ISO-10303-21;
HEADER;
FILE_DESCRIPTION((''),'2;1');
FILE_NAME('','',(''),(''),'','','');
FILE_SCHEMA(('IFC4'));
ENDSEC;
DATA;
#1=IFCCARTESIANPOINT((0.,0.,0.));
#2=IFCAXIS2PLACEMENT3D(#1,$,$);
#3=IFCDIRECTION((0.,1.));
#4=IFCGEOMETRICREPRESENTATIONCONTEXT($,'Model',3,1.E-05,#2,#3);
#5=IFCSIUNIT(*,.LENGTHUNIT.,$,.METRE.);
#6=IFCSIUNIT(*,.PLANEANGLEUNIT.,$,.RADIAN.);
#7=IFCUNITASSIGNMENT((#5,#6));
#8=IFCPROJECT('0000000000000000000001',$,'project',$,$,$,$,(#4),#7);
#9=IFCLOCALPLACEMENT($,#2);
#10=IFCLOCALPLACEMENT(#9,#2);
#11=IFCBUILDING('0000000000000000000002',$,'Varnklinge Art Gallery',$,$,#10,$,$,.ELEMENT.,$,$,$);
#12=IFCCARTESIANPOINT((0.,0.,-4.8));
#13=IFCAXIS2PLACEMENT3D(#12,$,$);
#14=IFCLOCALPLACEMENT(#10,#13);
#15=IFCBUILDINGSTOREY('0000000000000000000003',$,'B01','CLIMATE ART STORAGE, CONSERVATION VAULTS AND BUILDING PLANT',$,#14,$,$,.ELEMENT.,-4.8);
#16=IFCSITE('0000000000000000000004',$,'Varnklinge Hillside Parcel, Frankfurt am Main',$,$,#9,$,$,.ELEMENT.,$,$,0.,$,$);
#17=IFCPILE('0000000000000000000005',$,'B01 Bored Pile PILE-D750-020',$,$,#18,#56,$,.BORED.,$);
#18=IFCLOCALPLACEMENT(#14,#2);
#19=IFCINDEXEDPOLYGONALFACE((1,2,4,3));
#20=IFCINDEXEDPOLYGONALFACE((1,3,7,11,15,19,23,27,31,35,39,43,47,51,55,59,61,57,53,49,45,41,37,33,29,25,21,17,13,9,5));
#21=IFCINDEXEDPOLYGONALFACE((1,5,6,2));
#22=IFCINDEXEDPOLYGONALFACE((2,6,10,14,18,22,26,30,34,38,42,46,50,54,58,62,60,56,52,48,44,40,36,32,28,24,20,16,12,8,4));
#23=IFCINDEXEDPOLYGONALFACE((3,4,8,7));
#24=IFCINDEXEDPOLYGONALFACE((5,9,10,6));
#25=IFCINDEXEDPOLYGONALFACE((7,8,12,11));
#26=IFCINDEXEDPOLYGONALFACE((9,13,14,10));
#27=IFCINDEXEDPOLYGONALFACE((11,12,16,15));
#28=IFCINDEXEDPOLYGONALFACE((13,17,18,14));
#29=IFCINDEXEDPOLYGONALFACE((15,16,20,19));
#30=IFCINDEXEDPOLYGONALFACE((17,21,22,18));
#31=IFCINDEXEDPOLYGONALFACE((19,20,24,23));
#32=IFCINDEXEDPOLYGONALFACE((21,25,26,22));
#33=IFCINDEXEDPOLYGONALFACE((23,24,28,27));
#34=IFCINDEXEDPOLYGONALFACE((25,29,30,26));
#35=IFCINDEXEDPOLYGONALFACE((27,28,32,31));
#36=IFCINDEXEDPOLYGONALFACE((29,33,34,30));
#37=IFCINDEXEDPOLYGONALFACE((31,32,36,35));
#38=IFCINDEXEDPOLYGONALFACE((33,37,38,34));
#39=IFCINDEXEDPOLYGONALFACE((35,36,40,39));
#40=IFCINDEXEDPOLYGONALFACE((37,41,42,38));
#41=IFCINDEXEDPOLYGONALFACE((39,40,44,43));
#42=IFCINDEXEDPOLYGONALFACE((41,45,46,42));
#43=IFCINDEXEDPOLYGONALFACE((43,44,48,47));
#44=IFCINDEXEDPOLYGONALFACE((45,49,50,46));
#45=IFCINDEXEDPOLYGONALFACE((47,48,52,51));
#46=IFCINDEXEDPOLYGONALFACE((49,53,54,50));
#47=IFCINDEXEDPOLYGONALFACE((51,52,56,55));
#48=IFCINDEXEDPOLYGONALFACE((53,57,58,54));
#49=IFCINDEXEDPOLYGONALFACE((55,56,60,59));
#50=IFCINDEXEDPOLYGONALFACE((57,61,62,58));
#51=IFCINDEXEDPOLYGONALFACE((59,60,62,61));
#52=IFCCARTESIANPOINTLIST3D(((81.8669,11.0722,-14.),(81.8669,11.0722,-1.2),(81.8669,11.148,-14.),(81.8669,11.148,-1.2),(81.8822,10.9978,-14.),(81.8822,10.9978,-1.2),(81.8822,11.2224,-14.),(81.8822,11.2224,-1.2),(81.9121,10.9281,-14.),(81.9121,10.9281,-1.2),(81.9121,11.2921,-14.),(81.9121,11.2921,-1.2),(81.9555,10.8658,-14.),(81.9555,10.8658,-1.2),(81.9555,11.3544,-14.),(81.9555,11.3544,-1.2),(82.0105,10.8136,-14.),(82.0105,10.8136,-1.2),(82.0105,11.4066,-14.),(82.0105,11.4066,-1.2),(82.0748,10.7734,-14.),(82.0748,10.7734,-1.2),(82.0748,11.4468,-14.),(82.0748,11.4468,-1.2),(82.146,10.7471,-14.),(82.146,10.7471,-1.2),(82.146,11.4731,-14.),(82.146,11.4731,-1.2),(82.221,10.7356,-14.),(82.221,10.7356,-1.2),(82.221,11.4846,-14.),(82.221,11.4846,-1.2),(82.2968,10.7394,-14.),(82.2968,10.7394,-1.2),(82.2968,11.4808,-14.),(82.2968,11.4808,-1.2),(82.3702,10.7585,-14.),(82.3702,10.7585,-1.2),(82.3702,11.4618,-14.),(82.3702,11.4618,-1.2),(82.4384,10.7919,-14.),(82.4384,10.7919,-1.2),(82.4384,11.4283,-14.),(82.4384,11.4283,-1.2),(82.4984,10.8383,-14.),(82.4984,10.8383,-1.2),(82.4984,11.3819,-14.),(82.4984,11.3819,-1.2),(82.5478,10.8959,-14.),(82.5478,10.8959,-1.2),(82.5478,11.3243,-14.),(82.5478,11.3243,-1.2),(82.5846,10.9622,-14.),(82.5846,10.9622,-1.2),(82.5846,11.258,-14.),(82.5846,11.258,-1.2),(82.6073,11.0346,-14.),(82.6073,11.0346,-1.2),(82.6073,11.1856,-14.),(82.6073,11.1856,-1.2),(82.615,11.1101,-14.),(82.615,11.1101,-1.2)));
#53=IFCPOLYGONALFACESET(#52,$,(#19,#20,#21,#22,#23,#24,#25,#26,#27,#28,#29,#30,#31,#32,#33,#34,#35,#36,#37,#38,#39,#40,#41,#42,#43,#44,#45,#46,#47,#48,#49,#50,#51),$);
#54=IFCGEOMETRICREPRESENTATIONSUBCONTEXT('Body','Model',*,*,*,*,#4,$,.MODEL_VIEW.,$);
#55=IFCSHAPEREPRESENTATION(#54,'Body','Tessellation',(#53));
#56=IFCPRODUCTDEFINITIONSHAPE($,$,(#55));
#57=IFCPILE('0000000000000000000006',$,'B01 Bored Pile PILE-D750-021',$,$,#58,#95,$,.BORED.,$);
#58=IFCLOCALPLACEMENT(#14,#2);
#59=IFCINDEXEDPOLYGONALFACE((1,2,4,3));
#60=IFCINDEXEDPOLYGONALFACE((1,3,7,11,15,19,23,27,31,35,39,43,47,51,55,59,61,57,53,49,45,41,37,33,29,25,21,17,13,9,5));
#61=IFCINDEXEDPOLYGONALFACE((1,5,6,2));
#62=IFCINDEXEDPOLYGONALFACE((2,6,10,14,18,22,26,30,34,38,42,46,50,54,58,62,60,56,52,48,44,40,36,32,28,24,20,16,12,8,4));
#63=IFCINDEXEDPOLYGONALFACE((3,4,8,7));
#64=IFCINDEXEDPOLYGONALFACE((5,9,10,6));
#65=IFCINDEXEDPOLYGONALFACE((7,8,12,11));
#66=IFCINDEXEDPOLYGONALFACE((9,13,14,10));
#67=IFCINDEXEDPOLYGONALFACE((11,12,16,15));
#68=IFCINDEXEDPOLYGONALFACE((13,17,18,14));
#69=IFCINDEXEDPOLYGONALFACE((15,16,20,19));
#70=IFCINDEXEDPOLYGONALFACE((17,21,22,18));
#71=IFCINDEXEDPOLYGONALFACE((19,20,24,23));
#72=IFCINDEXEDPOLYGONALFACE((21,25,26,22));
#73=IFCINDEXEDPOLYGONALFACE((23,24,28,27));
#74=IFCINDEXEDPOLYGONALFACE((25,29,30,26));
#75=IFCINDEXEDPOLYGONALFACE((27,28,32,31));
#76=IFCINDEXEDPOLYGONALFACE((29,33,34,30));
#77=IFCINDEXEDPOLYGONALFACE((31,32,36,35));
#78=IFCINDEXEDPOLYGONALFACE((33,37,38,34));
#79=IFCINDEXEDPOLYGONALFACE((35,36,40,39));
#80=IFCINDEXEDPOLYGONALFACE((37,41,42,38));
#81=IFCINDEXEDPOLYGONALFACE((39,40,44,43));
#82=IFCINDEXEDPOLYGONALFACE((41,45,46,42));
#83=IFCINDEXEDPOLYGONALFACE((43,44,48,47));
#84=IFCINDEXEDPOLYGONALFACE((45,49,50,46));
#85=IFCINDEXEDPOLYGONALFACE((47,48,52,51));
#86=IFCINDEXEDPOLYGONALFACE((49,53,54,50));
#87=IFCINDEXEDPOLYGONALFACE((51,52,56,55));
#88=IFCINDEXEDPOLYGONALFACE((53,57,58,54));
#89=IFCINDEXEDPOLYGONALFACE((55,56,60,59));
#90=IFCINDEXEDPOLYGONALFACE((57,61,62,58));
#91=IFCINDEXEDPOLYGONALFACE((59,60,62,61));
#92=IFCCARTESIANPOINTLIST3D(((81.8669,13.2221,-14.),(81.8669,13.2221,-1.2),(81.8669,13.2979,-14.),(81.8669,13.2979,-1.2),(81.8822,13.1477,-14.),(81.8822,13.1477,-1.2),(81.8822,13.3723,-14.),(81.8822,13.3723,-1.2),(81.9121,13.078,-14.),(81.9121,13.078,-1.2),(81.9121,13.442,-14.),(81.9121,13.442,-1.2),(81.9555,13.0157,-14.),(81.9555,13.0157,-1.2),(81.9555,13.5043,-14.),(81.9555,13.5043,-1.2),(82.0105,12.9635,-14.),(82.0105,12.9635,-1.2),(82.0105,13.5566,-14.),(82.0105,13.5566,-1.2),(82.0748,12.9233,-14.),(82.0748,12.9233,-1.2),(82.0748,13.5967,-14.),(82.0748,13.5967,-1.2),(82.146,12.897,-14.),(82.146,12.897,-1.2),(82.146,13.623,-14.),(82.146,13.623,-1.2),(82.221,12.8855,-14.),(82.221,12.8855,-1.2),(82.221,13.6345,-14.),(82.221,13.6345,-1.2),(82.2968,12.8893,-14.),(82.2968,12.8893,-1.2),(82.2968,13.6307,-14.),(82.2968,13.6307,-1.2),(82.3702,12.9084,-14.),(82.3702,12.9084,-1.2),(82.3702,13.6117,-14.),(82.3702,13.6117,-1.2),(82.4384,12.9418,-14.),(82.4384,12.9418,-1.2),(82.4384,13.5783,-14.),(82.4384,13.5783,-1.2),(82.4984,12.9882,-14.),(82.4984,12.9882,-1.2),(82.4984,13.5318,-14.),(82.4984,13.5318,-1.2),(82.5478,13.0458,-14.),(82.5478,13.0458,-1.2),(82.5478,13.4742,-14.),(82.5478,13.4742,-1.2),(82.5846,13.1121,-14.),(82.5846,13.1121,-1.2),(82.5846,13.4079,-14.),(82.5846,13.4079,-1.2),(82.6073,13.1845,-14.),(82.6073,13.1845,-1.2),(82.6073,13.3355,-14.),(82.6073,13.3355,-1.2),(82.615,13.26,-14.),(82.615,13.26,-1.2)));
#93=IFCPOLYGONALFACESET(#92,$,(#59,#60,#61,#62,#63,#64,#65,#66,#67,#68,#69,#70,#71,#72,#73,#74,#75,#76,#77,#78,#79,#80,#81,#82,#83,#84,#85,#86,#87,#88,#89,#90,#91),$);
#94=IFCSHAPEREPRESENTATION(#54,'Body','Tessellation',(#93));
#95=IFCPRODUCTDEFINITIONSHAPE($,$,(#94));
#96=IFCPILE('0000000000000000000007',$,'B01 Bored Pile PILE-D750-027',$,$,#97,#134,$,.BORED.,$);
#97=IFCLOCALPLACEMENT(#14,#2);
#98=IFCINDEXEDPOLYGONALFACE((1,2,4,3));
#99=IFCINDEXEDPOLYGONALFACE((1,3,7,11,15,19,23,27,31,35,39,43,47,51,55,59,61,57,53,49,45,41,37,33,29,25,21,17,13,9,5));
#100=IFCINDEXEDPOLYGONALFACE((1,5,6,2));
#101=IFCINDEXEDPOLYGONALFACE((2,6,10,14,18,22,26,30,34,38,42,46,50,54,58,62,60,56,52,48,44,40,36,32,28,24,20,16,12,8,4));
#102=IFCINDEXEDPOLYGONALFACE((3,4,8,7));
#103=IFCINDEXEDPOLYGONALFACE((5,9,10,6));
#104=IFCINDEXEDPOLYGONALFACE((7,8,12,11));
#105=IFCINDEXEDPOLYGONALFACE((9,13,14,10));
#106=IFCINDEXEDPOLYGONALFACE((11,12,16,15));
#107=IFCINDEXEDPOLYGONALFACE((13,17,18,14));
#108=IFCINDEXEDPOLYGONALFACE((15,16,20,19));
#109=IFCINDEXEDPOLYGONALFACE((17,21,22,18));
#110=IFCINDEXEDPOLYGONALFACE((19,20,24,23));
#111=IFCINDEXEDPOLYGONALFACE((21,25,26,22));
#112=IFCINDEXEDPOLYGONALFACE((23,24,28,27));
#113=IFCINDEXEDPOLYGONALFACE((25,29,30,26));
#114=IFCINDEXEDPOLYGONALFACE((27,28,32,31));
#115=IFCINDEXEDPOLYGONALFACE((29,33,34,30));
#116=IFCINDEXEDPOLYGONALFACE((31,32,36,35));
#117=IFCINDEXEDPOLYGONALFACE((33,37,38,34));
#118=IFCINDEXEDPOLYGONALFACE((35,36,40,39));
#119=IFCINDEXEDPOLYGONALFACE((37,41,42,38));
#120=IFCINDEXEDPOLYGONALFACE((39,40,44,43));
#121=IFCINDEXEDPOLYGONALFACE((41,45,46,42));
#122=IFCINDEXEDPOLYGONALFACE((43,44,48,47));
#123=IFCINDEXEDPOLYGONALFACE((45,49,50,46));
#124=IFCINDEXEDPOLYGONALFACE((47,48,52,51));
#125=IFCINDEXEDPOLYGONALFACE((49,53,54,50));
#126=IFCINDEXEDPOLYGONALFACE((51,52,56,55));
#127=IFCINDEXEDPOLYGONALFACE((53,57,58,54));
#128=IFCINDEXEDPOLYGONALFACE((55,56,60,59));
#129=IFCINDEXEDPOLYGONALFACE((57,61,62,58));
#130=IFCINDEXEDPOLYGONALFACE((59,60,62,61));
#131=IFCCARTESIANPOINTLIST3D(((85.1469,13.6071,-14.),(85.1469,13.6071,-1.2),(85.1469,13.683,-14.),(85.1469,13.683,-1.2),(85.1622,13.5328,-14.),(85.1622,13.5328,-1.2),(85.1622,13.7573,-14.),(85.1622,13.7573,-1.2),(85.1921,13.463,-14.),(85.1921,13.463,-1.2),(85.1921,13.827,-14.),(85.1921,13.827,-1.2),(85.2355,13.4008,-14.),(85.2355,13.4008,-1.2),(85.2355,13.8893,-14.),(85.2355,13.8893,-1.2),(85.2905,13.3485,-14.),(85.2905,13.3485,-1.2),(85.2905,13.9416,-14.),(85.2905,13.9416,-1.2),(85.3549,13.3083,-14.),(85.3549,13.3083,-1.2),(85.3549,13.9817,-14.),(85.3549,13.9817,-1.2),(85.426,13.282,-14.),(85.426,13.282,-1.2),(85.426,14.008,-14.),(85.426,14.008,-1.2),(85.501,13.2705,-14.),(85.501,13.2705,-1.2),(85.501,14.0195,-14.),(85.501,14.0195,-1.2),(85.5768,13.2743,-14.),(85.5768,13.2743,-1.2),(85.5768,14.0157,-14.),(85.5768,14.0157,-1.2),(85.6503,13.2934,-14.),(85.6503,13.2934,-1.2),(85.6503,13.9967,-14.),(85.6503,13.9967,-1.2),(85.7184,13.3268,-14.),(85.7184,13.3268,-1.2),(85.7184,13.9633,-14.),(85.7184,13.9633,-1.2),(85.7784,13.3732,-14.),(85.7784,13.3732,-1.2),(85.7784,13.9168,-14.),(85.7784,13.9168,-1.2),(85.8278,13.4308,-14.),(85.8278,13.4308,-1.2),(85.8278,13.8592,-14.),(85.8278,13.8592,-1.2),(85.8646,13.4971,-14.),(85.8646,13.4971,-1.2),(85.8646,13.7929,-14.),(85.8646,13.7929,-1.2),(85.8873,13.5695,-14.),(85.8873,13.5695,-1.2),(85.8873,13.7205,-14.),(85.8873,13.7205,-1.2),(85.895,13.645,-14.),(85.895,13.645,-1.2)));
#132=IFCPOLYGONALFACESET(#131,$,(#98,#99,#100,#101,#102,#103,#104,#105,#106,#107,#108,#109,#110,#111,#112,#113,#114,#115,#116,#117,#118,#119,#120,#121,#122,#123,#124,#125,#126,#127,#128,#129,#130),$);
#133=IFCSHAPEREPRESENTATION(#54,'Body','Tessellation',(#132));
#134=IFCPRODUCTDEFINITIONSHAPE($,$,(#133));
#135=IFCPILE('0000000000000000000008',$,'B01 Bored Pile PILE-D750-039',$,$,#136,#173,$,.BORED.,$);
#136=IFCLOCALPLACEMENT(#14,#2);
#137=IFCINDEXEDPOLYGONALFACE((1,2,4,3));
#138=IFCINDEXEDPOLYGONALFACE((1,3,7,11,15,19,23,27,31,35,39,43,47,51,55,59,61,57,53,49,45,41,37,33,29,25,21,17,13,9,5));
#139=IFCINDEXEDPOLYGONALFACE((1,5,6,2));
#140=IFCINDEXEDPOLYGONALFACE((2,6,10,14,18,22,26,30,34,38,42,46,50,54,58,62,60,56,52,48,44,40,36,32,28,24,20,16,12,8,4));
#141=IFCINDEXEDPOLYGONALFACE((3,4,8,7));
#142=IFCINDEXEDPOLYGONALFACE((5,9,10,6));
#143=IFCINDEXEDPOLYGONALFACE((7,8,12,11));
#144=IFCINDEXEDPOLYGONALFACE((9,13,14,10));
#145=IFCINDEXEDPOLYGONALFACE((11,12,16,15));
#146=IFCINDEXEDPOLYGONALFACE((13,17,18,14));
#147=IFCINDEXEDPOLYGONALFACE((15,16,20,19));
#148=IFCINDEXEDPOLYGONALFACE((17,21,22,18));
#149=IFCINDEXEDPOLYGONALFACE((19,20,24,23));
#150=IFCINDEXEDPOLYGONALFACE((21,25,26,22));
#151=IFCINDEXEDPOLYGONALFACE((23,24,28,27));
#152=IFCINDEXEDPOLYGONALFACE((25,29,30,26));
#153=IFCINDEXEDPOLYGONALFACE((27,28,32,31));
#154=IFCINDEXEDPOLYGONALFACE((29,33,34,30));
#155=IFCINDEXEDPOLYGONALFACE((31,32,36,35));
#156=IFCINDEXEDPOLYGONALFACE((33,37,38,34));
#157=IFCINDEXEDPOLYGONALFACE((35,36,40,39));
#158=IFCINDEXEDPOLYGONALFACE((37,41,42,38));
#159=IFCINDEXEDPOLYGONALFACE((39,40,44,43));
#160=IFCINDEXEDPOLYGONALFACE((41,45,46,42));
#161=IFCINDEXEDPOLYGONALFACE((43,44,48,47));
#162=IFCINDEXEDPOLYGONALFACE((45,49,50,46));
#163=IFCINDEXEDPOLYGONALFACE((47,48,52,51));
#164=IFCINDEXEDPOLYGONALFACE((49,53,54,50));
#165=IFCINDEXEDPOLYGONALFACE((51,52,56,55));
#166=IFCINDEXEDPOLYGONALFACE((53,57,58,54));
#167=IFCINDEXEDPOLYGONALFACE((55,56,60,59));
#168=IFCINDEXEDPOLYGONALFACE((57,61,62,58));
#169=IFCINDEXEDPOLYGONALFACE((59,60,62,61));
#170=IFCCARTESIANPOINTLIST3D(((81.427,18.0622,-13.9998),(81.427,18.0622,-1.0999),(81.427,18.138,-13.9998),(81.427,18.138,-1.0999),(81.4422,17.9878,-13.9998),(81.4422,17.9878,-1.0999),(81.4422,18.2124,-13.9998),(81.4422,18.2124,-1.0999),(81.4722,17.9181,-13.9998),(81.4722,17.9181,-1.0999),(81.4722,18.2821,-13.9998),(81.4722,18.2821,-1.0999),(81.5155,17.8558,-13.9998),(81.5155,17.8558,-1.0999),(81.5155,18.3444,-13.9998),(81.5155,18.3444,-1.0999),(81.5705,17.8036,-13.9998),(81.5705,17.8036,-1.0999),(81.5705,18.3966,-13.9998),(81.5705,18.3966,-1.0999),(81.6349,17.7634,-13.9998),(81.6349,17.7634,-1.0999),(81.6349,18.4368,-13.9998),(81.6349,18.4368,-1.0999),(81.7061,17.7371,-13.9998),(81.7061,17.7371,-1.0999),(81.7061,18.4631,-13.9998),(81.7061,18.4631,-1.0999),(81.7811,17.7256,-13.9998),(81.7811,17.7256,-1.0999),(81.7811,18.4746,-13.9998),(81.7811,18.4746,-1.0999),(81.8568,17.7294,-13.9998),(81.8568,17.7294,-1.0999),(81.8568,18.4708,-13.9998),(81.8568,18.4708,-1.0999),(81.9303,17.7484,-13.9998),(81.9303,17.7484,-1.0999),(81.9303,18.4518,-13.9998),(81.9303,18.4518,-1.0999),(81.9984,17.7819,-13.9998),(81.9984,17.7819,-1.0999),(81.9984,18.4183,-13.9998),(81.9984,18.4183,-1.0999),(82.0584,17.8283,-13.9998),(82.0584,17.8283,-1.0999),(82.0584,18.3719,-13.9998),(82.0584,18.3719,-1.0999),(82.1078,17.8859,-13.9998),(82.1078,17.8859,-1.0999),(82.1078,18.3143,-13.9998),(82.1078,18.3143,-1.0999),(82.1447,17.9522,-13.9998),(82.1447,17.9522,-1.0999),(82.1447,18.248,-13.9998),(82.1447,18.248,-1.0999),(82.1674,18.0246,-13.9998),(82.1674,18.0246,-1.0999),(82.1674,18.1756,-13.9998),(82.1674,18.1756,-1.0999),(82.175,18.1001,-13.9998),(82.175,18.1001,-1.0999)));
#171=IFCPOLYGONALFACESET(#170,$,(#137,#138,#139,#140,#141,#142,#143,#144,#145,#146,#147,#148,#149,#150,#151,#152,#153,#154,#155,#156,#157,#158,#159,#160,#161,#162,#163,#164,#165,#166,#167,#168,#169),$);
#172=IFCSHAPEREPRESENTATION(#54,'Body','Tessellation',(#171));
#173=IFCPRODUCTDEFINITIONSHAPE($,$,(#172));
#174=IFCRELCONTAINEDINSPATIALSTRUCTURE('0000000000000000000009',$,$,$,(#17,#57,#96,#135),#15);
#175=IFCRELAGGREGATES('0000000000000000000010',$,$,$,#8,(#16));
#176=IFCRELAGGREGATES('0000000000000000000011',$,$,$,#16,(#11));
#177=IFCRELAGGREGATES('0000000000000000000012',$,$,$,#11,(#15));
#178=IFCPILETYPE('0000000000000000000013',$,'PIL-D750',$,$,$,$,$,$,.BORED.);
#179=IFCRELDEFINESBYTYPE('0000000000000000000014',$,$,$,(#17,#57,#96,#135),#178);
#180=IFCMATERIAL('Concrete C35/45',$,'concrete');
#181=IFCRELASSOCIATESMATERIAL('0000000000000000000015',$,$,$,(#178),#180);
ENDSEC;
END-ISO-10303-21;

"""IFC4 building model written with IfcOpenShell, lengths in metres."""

from ifc_helpers import new_model, si_unit, direction, frame, origin, origin_2d, place, context, subcontext, project, spatial, circle, extrude, material, material_profile, profile_set, type_object, element, save


model = new_model("IFC4")

# Units and contexts
model_context = context("Model", 3, precision=1e-05, world=origin(), true_north=direction((0.0, 1.0)))
body_context = subcontext(model_context, "Body", "Model", "MODEL_VIEW")
ifc_project = project(units=[si_unit("LENGTHUNIT", "METRE"), si_unit("PLANEANGLEUNIT", "RADIAN")], contexts=[model_context])

# Site, building, storey
site_placement = place(None, origin())
site = spatial("IfcSite", under=ifc_project, at=site_placement, Name="Varnklinge Hillside Parcel, Frankfurt am Main", CompositionType="ELEMENT", RefElevation=0.0)
building_placement = place(site_placement, origin())
building = spatial("IfcBuilding", under=site, at=building_placement, Name="Varnklinge Art Gallery", CompositionType="ELEMENT")
storey_placement = place(building_placement, frame((0.0, 0.0, -4.8)))
storey = spatial("IfcBuildingStorey", under=building, at=storey_placement, Name="B01", Description="CLIMATE ART STORAGE, CONSERVATION VAULTS AND BUILDING PLANT", CompositionType="ELEMENT", Elevation=-4.8)

# Piles
ifc_material_1 = material(Name="Concrete C35/45", Category="concrete")
ifc_material_profile_1 = material_profile(ifc_material_1, circle(Radius=0.375, at=origin_2d()), Name="PILE D750")
ifc_profile_set_1 = profile_set([ifc_material_profile_1], Name="Concrete C35/45")
pile_type = type_object("IfcPileType", Name="PIL-D750", PredefinedType="BORED", material=ifc_profile_set_1)
for number, where, z_axis, x_axis, name in (
    (1, (82.24, 11.1101, -1.2), (0.0, 0.0, -1.0), (1.0, 0.0, 0.0), "B01 Bored Pile PILE-D750-020"),
    (2, (82.24, 13.26, -1.2), (0.0, 0.0, -1.0), (1.0, 0.0, 0.0), "B01 Bored Pile PILE-D750-021"),
    (3, (85.52, 13.645, -1.2), (0.0, 0.0, -1.0), (1.0, 0.0, 0.0), "B01 Bored Pile PILE-D750-027"),
):
    element("IfcPile", number, at=place(storey_placement, frame(where, z_axis=z_axis, x_axis=x_axis)), inside=storey, type_object=pile_type, Name=name, PredefinedType="BORED", context=body_context, shape_type="SweptSolid", body=[
        extrude(circle(Radius=0.375, at=origin_2d()), origin(), (0.0, 0.0, 1.0), 12.8),
    ])
pile_placement = place(storey_placement, frame((81.8, 18.1001, -1.0999), z_axis=(0.0, 0.0, -1.0), x_axis=(1.0, 0.0, 0.0)))
element("IfcPile", 4, at=pile_placement, inside=storey, type_object=pile_type, Name="B01 Bored Pile PILE-D750-039", PredefinedType="BORED", context=body_context, shape_type="SweptSolid", body=[
    extrude(circle(Radius=0.375, at=origin_2d()), origin(), (0.0, 0.0, 1.0), 12.8999),
])

save(model, "model.ifc")
